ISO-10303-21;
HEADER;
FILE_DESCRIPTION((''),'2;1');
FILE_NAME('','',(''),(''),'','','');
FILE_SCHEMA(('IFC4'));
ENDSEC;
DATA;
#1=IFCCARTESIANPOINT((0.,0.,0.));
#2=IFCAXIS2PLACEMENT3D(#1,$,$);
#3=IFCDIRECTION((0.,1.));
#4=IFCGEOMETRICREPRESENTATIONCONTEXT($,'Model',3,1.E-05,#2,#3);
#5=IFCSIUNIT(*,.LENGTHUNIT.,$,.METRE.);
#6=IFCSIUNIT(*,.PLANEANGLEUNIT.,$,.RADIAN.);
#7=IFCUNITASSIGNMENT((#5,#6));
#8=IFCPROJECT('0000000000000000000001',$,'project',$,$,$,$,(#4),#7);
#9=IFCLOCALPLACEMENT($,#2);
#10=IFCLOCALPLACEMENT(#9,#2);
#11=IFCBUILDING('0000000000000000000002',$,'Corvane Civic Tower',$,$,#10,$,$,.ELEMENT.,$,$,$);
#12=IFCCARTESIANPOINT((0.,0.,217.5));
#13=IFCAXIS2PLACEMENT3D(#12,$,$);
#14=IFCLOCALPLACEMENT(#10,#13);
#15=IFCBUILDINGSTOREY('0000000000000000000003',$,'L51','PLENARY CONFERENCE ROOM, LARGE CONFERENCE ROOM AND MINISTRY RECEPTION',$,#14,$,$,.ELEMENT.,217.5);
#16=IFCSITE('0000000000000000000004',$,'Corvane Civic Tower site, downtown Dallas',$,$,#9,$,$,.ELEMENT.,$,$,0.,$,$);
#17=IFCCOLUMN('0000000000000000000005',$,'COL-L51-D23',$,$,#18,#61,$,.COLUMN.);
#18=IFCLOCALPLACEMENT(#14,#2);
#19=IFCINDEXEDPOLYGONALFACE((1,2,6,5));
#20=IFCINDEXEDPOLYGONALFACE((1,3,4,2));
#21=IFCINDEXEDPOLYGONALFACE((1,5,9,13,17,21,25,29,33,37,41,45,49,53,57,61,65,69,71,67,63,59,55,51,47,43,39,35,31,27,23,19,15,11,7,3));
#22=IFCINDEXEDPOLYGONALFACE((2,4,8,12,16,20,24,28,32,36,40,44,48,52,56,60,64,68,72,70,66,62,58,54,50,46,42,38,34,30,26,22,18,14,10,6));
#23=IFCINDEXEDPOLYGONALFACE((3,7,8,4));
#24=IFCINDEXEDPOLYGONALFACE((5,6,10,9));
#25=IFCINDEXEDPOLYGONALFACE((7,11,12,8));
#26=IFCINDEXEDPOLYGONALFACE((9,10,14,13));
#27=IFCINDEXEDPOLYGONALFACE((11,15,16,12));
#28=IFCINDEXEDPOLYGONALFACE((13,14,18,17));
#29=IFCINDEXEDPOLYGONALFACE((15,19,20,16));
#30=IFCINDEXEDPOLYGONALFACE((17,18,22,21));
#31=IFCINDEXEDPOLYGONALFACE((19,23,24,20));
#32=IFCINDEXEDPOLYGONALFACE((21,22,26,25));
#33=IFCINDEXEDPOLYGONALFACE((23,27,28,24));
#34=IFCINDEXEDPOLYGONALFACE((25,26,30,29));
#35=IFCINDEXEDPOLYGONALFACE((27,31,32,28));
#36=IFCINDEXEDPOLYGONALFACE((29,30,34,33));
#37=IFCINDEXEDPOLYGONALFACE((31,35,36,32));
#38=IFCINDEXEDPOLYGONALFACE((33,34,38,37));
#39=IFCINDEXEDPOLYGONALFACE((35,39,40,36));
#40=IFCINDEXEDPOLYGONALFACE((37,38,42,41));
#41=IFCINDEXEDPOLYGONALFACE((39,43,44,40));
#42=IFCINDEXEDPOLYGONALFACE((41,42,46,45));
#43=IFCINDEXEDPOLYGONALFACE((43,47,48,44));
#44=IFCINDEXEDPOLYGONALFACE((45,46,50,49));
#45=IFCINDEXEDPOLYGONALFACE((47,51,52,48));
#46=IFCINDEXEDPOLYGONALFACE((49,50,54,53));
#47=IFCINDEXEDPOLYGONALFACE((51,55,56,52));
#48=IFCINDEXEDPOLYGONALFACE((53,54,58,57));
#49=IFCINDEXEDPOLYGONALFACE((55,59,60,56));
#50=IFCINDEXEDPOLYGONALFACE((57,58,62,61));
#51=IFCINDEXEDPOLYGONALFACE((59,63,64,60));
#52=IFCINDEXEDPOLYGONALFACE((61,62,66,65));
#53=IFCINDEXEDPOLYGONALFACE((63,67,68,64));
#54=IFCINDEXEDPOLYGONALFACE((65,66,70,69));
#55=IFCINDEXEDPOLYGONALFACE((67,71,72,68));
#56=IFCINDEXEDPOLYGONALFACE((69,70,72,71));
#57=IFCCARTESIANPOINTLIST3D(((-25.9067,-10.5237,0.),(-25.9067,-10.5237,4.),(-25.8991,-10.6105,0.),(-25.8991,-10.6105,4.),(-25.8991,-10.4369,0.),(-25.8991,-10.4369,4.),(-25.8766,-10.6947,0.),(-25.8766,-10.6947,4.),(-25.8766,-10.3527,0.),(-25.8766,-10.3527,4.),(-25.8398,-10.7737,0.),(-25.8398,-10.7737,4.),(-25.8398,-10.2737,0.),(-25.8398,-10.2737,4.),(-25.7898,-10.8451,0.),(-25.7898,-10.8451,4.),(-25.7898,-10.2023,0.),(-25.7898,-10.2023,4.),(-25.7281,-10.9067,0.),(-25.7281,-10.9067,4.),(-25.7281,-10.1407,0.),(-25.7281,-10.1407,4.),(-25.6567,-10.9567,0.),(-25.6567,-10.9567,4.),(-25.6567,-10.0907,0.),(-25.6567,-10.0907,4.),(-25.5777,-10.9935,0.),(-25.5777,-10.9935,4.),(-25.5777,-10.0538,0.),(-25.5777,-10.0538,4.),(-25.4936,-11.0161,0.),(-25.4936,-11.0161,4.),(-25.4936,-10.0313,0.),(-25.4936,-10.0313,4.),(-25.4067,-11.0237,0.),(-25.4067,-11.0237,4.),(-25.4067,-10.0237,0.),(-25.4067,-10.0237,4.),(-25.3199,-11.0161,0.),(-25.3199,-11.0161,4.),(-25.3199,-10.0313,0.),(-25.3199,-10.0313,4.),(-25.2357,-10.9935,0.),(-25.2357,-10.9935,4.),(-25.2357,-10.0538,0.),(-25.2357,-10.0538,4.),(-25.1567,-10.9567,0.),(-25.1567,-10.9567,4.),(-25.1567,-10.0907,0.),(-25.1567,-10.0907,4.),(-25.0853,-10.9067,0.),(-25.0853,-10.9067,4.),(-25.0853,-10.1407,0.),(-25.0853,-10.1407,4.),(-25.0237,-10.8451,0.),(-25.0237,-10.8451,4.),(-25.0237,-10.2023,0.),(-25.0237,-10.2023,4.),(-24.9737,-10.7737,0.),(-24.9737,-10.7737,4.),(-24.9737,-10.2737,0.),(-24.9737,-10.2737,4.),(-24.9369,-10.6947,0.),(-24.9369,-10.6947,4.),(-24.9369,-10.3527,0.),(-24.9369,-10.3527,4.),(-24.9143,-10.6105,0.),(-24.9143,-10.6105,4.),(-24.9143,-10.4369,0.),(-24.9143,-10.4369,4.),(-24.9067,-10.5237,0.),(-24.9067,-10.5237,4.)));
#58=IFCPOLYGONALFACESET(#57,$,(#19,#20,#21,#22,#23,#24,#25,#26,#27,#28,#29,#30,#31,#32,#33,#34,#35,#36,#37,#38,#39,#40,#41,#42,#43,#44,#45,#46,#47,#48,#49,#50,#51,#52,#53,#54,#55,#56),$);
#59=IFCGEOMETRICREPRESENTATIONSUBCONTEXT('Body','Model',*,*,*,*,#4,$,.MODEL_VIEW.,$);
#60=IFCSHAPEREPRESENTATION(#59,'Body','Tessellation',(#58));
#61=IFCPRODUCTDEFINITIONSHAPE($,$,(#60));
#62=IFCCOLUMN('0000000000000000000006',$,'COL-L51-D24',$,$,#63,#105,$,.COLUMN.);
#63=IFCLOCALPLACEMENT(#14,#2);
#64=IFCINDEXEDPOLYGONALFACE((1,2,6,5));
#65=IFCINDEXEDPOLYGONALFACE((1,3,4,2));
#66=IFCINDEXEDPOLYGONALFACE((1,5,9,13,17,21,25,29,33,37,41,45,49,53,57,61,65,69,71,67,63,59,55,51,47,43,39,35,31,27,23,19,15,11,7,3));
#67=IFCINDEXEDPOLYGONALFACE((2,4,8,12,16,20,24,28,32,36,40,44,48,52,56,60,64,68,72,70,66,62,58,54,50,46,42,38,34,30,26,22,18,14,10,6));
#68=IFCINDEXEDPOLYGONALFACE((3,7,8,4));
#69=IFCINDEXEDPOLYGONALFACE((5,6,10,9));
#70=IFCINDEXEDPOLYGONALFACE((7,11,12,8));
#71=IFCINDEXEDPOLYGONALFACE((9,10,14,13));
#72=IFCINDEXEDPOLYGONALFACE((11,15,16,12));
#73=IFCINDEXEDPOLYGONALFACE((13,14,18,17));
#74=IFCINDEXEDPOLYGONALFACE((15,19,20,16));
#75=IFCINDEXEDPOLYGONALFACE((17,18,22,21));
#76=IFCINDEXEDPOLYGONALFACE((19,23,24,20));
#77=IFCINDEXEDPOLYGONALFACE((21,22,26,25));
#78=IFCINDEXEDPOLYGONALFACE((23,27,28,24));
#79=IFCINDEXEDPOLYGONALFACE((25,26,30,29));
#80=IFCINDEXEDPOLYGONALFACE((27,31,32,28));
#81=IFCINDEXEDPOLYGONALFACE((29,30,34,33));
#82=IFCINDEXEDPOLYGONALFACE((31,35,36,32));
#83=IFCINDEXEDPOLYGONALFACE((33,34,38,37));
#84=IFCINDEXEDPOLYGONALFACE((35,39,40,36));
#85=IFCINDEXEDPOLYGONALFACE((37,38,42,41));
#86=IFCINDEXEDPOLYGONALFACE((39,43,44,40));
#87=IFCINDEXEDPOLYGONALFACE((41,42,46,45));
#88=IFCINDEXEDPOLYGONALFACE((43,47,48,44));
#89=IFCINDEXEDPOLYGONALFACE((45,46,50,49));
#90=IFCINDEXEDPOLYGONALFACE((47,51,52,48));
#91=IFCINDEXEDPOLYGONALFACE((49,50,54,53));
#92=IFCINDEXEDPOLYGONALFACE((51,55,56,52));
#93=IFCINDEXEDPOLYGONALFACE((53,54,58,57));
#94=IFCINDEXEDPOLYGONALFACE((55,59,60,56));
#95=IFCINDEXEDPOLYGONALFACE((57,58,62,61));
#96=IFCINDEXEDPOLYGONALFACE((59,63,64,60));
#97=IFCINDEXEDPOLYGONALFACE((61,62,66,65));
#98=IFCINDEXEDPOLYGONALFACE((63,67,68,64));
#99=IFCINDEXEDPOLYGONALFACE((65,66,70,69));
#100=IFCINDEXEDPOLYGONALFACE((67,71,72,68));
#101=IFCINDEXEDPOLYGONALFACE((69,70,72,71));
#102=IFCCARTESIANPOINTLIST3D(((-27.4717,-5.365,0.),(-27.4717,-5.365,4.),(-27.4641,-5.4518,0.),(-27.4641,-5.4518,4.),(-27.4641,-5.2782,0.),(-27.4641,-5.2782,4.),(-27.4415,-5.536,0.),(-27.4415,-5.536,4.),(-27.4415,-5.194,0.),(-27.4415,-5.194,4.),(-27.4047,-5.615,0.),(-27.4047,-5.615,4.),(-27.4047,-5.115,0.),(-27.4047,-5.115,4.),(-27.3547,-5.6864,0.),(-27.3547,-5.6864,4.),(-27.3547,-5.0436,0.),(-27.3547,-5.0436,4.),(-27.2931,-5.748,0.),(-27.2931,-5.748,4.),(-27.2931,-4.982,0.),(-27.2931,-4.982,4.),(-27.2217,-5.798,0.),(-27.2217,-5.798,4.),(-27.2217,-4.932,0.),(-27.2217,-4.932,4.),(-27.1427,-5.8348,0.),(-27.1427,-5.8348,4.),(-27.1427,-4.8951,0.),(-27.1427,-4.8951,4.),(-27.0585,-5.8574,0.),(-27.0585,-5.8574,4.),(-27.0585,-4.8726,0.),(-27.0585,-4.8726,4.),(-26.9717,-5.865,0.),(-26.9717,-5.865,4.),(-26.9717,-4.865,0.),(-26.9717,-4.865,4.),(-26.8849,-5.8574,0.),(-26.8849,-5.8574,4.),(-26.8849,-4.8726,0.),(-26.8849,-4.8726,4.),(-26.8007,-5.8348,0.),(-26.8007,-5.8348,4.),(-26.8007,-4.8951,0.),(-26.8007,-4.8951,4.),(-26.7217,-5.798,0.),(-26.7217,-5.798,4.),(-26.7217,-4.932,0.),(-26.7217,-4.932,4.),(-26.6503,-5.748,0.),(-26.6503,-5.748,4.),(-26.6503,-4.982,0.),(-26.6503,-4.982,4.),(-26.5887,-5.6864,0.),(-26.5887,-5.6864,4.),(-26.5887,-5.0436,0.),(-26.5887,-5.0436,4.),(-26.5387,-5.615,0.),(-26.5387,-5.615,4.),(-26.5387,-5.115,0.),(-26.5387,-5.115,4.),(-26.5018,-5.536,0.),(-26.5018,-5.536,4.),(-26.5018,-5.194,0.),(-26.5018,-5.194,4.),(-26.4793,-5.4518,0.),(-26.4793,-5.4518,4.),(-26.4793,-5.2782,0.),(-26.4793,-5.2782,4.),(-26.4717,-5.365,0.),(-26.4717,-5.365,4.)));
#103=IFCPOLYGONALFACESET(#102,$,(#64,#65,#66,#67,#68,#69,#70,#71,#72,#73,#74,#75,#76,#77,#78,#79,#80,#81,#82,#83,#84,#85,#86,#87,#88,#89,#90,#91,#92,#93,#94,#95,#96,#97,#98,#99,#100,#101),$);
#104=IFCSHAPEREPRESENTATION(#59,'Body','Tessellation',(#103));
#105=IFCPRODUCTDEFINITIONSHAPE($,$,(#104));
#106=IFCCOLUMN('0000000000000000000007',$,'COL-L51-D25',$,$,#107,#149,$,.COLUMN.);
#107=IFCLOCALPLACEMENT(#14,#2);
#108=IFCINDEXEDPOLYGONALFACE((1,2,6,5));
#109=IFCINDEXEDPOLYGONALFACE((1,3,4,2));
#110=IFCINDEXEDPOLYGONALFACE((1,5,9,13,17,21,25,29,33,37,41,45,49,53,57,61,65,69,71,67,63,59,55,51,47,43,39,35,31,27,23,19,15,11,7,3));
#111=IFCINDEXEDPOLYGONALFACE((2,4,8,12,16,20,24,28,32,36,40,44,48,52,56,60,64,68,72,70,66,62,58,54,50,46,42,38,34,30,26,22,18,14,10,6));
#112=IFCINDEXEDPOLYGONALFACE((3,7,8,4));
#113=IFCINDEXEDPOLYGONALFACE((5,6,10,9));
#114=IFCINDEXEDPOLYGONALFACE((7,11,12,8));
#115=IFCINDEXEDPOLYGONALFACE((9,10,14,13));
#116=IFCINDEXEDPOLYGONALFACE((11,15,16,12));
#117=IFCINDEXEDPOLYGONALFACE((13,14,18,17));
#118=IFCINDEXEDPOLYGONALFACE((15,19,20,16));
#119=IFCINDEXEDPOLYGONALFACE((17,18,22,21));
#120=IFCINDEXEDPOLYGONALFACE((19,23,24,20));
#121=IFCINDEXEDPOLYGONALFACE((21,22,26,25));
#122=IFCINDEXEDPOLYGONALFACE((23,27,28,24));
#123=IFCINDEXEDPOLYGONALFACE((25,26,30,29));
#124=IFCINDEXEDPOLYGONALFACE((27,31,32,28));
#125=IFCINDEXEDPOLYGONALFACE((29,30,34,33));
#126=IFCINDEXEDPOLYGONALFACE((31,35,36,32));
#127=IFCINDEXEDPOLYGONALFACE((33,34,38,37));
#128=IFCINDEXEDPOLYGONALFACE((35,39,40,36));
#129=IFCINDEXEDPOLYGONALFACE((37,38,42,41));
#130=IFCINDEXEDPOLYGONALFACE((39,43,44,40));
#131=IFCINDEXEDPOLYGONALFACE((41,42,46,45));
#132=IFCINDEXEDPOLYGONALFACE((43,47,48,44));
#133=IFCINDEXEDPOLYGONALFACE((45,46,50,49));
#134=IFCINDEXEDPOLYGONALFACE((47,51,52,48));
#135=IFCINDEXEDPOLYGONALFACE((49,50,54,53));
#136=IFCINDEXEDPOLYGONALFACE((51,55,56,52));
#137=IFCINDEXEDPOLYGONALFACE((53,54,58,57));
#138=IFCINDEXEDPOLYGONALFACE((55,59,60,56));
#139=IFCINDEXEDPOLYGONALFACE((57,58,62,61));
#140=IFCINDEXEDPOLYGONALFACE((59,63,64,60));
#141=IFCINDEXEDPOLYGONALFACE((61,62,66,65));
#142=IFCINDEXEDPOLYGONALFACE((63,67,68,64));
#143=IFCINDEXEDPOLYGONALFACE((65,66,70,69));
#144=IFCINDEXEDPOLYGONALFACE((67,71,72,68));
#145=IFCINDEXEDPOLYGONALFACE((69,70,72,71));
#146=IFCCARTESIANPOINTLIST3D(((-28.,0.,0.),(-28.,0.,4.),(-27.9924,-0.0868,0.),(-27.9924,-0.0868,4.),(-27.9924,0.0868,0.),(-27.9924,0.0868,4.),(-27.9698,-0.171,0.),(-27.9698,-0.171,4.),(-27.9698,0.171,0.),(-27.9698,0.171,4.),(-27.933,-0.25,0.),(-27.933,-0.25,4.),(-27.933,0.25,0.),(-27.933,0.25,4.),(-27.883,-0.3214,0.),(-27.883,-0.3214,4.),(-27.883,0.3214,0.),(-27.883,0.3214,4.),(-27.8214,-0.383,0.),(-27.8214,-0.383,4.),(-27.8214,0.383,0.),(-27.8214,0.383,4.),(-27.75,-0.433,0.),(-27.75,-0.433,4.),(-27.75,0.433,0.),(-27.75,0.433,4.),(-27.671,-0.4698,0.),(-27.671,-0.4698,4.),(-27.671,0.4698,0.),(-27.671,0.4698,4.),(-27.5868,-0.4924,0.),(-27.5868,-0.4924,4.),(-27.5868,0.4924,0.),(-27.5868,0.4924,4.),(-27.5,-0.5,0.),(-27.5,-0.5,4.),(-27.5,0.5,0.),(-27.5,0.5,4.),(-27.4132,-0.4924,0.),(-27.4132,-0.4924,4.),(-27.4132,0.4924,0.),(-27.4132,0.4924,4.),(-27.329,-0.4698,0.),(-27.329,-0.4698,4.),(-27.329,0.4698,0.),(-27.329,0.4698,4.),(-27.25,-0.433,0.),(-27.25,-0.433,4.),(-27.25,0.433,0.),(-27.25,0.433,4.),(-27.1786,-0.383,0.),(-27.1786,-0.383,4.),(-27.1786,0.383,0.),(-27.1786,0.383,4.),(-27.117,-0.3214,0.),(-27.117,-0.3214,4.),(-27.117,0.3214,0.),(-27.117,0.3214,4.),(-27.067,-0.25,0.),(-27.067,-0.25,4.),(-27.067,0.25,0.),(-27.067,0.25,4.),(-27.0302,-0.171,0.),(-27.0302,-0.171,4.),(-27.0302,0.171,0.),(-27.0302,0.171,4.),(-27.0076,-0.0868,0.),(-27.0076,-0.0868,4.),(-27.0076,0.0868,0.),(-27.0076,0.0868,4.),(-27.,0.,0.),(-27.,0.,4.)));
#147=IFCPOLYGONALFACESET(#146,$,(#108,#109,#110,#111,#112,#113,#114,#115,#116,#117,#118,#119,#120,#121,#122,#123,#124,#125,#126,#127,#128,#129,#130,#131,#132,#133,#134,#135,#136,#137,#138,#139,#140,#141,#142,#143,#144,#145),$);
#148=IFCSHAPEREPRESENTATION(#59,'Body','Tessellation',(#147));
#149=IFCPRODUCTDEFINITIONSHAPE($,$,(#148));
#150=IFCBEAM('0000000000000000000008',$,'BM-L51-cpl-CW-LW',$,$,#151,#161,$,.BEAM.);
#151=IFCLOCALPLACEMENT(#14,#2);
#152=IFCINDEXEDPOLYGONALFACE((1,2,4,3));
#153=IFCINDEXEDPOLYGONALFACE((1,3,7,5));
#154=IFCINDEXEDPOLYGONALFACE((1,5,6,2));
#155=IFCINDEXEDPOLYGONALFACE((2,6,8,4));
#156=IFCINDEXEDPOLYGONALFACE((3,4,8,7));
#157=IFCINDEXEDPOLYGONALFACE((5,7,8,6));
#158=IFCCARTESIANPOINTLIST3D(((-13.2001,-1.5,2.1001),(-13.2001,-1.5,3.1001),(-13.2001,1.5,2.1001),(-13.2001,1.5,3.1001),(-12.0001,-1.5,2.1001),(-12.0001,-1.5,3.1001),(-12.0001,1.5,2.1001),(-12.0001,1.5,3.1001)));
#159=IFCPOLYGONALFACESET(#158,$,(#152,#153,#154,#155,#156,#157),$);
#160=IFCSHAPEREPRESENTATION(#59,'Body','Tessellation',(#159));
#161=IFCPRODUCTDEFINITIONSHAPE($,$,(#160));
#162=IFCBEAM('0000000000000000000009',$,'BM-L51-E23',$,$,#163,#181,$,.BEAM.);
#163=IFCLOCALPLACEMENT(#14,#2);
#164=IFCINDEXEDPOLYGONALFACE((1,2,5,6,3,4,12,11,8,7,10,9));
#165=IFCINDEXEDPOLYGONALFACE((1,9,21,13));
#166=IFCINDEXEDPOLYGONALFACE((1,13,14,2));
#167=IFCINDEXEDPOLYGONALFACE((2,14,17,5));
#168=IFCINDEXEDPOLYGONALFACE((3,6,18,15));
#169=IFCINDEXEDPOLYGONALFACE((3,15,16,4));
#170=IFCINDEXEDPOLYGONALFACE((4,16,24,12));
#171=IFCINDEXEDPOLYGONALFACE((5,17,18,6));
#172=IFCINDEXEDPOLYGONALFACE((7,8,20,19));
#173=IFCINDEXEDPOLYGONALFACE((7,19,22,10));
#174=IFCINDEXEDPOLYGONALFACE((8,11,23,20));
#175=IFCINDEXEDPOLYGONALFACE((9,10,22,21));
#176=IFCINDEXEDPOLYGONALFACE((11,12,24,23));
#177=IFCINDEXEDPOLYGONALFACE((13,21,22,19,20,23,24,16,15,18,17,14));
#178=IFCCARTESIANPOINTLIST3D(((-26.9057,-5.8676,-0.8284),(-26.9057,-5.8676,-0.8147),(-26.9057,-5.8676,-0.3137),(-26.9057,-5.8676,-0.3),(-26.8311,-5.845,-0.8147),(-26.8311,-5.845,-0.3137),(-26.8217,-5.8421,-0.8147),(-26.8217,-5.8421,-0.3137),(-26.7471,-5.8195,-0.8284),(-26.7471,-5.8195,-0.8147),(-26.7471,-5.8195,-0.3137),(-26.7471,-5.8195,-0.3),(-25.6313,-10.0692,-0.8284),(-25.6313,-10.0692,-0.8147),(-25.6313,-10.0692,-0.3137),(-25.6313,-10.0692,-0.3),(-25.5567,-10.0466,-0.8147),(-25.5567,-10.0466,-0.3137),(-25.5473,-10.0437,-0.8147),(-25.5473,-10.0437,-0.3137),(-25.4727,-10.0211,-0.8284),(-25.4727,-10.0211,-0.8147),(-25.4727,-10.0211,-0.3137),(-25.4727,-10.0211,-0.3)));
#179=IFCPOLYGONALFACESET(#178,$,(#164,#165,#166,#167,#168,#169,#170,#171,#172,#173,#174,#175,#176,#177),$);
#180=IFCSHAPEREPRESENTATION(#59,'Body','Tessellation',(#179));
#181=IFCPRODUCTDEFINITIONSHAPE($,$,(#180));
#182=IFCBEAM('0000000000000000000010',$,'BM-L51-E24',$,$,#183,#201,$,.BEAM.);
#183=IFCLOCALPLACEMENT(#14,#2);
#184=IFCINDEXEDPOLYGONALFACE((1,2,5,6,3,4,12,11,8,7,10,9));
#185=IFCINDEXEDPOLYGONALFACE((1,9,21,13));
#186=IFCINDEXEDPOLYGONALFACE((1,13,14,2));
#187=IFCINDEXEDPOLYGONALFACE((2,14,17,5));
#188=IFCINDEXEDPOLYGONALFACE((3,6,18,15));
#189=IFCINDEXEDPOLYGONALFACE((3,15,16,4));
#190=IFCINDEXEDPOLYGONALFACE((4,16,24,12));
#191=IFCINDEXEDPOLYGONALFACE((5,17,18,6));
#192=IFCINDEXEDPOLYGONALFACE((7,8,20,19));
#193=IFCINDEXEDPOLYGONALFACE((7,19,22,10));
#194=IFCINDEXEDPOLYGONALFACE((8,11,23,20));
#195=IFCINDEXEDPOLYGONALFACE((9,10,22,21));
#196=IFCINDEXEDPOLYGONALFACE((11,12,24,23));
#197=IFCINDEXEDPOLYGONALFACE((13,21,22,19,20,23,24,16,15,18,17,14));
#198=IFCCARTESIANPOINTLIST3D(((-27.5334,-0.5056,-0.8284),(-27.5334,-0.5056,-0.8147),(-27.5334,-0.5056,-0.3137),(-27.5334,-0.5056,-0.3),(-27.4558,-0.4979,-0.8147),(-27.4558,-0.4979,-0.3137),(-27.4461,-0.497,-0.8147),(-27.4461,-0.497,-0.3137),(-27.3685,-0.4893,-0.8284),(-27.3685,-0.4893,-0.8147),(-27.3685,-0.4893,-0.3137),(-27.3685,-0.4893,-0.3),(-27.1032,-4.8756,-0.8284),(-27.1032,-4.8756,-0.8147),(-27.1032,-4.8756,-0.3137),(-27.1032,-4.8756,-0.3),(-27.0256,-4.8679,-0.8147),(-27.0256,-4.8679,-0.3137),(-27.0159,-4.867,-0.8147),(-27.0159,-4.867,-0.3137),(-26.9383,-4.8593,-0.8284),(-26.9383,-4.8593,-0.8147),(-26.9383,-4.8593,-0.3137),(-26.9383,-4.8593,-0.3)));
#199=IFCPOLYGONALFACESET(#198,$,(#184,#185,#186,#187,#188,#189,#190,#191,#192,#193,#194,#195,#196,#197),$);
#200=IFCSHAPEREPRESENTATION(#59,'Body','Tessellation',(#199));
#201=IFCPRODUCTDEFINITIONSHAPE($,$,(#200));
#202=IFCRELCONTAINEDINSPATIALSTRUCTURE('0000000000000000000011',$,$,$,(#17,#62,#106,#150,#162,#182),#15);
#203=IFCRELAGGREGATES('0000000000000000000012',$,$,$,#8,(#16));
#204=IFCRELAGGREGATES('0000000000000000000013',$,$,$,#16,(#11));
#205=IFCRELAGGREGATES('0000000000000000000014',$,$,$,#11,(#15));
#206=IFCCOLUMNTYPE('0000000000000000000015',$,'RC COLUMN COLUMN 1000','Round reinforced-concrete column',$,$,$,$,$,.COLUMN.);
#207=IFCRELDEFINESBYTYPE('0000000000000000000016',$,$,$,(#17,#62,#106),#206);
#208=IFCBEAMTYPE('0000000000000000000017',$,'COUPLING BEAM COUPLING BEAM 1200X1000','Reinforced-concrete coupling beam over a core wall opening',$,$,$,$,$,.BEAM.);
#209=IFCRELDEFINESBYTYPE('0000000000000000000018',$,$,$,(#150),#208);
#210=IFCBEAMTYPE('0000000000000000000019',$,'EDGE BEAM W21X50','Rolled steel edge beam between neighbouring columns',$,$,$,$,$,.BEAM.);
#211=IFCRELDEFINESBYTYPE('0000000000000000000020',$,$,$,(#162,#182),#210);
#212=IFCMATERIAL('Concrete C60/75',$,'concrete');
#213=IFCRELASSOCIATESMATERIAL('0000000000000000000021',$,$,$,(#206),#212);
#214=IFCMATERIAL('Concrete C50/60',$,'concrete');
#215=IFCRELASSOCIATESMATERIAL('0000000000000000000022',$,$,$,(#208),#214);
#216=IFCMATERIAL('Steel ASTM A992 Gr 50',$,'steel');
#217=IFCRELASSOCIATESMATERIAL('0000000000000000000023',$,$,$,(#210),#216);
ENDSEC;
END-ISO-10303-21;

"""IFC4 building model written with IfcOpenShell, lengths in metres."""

from ifc_helpers import new_model, si_unit, direction, frame, origin, origin_2d, place, context, subcontext, project, spatial, rectangle, circle, i_section, extrude, material, material_profile, profile_set, type_object, element, save


model = new_model("IFC4")

# Units and contexts
model_context = context("Model", 3, precision=1e-05, world=origin(), true_north=direction((0.0, 1.0)))
body_context = subcontext(model_context, "Body", "Model", "MODEL_VIEW")
ifc_project = project(units=[si_unit("LENGTHUNIT", "METRE"), si_unit("PLANEANGLEUNIT", "RADIAN")], contexts=[model_context])

# Site, building, storey
site_placement = place(None, origin())
site = spatial("IfcSite", under=ifc_project, at=site_placement, Name="Corvane Civic Tower site, downtown Dallas", CompositionType="ELEMENT", RefElevation=0.0)
building_placement = place(site_placement, origin())
building = spatial("IfcBuilding", under=site, at=building_placement, Name="Corvane Civic Tower", CompositionType="ELEMENT")
storey_placement = place(building_placement, frame((0.0, 0.0, 217.5)))
storey = spatial("IfcBuildingStorey", under=building, at=storey_placement, Name="L51", Description="PLENARY CONFERENCE ROOM, LARGE CONFERENCE ROOM AND MINISTRY RECEPTION", CompositionType="ELEMENT", Elevation=217.5)

# Columns
ifc_material_1 = material(Name="Concrete C60/75", Category="concrete")
ifc_material_profile_1 = material_profile(ifc_material_1, circle(Radius=0.5, at=origin_2d()), Name="COLUMN 1000")
ifc_profile_set_1 = profile_set([ifc_material_profile_1], Name="Concrete C60/75")
column_type = type_object("IfcColumnType", Name="RC COLUMN COLUMN 1000", Description="Round reinforced-concrete column", PredefinedType="COLUMN", material=ifc_profile_set_1)
for number, where, z_axis, x_axis, name in (
    (1, (-25.4067, -10.5237, 0.0), (0.0, 0.0, 1.0), (1.0, 0.0, 0.0), "COL-L51-D23"),
    (2, (-26.9717, -5.365, 0.0), (0.0, 0.0, 1.0), (1.0, 0.0, 0.0), "COL-L51-D24"),
    (3, (-27.5, 0.0, 0.0), (0.0, 0.0, 1.0), (1.0, 0.0, 0.0), "COL-L51-D25"),
):
    element("IfcColumn", number, at=place(storey_placement, frame(where, z_axis=z_axis, x_axis=x_axis)), inside=storey, type_object=column_type, Name=name, PredefinedType="COLUMN", context=body_context, shape_type="SweptSolid", body=[
        extrude(circle(Radius=0.5, at=origin_2d()), origin(), (0.0, 0.0, 1.0), 4.0),
    ])

# Beams
ifc_material_2 = material(Name="Concrete C50/60", Category="concrete")
ifc_material_profile_2 = material_profile(ifc_material_2, rectangle(XDim=1.2, YDim=1.0, at=origin_2d()), Name="COUPLING BEAM 1200X1000")
ifc_profile_set_2 = profile_set([ifc_material_profile_2], Name="Concrete C50/60")
beam_type_1 = type_object("IfcBeamType", Name="COUPLING BEAM COUPLING BEAM 1200X1000", Description="Reinforced-concrete coupling beam over a core wall opening", PredefinedType="BEAM", material=ifc_profile_set_2)
beam_1_placement = place(storey_placement, frame((-12.6001, -1.5, 2.6001), z_axis=(0.0, 1.0, 0.0), x_axis=(-1.0, 0.0, 0.0)))
element("IfcBeam", 4, at=beam_1_placement, inside=storey, type_object=beam_type_1, Name="BM-L51-cpl-CW-LW", PredefinedType="BEAM", context=body_context, shape_type="SweptSolid", body=[
    extrude(rectangle(XDim=1.2, YDim=1.0, at=origin_2d()), origin(), (0.0, 0.0, 1.0), 3.0),
])
ifc_material_3 = material(Name="Steel ASTM A992 Gr 50", Category="steel")
ifc_material_profile_3 = material_profile(ifc_material_3, i_section(OverallWidth=0.1658, OverallDepth=0.5283, WebThickness=0.0098, FlangeThickness=0.0137, at=origin_2d()), Name="W21X50")
ifc_profile_set_3 = profile_set([ifc_material_profile_3], Name="Steel ASTM A992 Gr 50")
beam_type_2 = type_object("IfcBeamType", Name="EDGE BEAM W21X50", Description="Rolled steel edge beam between neighbouring columns", PredefinedType="BEAM", material=ifc_profile_set_3)
beam_2_placement = place(storey_placement, frame((-25.552, -10.0452, -0.5642), z_axis=(-0.290254, 0.95695, 0.0), x_axis=(-0.95695, -0.290254, 0.0)))
element("IfcBeam", 5, at=beam_2_placement, inside=storey, type_object=beam_type_2, Name="BM-L51-E23", PredefinedType="BEAM", context=body_context, shape_type="SweptSolid", body=[
    extrude(i_section(OverallWidth=0.1658, OverallDepth=0.5283, WebThickness=0.0098, FlangeThickness=0.0137, at=origin_2d()), origin(), (0.0, 0.0, 1.0), 4.3906),
])
beam_3_placement = place(storey_placement, frame((-27.0208, -4.8674, -0.5642), z_axis=(-0.097968, 0.99519, 0.0), x_axis=(-0.99519, -0.097968, 0.0)))
element("IfcBeam", 6, at=beam_3_placement, inside=storey, type_object=beam_type_2, Name="BM-L51-E24", PredefinedType="BEAM", context=body_context, shape_type="SweptSolid", body=[
    extrude(i_section(OverallWidth=0.1658, OverallDepth=0.5283, WebThickness=0.0098, FlangeThickness=0.0137, at=origin_2d()), origin(), (0.0, 0.0, 1.0), 4.3911),
])

save(model, "model.ifc")
